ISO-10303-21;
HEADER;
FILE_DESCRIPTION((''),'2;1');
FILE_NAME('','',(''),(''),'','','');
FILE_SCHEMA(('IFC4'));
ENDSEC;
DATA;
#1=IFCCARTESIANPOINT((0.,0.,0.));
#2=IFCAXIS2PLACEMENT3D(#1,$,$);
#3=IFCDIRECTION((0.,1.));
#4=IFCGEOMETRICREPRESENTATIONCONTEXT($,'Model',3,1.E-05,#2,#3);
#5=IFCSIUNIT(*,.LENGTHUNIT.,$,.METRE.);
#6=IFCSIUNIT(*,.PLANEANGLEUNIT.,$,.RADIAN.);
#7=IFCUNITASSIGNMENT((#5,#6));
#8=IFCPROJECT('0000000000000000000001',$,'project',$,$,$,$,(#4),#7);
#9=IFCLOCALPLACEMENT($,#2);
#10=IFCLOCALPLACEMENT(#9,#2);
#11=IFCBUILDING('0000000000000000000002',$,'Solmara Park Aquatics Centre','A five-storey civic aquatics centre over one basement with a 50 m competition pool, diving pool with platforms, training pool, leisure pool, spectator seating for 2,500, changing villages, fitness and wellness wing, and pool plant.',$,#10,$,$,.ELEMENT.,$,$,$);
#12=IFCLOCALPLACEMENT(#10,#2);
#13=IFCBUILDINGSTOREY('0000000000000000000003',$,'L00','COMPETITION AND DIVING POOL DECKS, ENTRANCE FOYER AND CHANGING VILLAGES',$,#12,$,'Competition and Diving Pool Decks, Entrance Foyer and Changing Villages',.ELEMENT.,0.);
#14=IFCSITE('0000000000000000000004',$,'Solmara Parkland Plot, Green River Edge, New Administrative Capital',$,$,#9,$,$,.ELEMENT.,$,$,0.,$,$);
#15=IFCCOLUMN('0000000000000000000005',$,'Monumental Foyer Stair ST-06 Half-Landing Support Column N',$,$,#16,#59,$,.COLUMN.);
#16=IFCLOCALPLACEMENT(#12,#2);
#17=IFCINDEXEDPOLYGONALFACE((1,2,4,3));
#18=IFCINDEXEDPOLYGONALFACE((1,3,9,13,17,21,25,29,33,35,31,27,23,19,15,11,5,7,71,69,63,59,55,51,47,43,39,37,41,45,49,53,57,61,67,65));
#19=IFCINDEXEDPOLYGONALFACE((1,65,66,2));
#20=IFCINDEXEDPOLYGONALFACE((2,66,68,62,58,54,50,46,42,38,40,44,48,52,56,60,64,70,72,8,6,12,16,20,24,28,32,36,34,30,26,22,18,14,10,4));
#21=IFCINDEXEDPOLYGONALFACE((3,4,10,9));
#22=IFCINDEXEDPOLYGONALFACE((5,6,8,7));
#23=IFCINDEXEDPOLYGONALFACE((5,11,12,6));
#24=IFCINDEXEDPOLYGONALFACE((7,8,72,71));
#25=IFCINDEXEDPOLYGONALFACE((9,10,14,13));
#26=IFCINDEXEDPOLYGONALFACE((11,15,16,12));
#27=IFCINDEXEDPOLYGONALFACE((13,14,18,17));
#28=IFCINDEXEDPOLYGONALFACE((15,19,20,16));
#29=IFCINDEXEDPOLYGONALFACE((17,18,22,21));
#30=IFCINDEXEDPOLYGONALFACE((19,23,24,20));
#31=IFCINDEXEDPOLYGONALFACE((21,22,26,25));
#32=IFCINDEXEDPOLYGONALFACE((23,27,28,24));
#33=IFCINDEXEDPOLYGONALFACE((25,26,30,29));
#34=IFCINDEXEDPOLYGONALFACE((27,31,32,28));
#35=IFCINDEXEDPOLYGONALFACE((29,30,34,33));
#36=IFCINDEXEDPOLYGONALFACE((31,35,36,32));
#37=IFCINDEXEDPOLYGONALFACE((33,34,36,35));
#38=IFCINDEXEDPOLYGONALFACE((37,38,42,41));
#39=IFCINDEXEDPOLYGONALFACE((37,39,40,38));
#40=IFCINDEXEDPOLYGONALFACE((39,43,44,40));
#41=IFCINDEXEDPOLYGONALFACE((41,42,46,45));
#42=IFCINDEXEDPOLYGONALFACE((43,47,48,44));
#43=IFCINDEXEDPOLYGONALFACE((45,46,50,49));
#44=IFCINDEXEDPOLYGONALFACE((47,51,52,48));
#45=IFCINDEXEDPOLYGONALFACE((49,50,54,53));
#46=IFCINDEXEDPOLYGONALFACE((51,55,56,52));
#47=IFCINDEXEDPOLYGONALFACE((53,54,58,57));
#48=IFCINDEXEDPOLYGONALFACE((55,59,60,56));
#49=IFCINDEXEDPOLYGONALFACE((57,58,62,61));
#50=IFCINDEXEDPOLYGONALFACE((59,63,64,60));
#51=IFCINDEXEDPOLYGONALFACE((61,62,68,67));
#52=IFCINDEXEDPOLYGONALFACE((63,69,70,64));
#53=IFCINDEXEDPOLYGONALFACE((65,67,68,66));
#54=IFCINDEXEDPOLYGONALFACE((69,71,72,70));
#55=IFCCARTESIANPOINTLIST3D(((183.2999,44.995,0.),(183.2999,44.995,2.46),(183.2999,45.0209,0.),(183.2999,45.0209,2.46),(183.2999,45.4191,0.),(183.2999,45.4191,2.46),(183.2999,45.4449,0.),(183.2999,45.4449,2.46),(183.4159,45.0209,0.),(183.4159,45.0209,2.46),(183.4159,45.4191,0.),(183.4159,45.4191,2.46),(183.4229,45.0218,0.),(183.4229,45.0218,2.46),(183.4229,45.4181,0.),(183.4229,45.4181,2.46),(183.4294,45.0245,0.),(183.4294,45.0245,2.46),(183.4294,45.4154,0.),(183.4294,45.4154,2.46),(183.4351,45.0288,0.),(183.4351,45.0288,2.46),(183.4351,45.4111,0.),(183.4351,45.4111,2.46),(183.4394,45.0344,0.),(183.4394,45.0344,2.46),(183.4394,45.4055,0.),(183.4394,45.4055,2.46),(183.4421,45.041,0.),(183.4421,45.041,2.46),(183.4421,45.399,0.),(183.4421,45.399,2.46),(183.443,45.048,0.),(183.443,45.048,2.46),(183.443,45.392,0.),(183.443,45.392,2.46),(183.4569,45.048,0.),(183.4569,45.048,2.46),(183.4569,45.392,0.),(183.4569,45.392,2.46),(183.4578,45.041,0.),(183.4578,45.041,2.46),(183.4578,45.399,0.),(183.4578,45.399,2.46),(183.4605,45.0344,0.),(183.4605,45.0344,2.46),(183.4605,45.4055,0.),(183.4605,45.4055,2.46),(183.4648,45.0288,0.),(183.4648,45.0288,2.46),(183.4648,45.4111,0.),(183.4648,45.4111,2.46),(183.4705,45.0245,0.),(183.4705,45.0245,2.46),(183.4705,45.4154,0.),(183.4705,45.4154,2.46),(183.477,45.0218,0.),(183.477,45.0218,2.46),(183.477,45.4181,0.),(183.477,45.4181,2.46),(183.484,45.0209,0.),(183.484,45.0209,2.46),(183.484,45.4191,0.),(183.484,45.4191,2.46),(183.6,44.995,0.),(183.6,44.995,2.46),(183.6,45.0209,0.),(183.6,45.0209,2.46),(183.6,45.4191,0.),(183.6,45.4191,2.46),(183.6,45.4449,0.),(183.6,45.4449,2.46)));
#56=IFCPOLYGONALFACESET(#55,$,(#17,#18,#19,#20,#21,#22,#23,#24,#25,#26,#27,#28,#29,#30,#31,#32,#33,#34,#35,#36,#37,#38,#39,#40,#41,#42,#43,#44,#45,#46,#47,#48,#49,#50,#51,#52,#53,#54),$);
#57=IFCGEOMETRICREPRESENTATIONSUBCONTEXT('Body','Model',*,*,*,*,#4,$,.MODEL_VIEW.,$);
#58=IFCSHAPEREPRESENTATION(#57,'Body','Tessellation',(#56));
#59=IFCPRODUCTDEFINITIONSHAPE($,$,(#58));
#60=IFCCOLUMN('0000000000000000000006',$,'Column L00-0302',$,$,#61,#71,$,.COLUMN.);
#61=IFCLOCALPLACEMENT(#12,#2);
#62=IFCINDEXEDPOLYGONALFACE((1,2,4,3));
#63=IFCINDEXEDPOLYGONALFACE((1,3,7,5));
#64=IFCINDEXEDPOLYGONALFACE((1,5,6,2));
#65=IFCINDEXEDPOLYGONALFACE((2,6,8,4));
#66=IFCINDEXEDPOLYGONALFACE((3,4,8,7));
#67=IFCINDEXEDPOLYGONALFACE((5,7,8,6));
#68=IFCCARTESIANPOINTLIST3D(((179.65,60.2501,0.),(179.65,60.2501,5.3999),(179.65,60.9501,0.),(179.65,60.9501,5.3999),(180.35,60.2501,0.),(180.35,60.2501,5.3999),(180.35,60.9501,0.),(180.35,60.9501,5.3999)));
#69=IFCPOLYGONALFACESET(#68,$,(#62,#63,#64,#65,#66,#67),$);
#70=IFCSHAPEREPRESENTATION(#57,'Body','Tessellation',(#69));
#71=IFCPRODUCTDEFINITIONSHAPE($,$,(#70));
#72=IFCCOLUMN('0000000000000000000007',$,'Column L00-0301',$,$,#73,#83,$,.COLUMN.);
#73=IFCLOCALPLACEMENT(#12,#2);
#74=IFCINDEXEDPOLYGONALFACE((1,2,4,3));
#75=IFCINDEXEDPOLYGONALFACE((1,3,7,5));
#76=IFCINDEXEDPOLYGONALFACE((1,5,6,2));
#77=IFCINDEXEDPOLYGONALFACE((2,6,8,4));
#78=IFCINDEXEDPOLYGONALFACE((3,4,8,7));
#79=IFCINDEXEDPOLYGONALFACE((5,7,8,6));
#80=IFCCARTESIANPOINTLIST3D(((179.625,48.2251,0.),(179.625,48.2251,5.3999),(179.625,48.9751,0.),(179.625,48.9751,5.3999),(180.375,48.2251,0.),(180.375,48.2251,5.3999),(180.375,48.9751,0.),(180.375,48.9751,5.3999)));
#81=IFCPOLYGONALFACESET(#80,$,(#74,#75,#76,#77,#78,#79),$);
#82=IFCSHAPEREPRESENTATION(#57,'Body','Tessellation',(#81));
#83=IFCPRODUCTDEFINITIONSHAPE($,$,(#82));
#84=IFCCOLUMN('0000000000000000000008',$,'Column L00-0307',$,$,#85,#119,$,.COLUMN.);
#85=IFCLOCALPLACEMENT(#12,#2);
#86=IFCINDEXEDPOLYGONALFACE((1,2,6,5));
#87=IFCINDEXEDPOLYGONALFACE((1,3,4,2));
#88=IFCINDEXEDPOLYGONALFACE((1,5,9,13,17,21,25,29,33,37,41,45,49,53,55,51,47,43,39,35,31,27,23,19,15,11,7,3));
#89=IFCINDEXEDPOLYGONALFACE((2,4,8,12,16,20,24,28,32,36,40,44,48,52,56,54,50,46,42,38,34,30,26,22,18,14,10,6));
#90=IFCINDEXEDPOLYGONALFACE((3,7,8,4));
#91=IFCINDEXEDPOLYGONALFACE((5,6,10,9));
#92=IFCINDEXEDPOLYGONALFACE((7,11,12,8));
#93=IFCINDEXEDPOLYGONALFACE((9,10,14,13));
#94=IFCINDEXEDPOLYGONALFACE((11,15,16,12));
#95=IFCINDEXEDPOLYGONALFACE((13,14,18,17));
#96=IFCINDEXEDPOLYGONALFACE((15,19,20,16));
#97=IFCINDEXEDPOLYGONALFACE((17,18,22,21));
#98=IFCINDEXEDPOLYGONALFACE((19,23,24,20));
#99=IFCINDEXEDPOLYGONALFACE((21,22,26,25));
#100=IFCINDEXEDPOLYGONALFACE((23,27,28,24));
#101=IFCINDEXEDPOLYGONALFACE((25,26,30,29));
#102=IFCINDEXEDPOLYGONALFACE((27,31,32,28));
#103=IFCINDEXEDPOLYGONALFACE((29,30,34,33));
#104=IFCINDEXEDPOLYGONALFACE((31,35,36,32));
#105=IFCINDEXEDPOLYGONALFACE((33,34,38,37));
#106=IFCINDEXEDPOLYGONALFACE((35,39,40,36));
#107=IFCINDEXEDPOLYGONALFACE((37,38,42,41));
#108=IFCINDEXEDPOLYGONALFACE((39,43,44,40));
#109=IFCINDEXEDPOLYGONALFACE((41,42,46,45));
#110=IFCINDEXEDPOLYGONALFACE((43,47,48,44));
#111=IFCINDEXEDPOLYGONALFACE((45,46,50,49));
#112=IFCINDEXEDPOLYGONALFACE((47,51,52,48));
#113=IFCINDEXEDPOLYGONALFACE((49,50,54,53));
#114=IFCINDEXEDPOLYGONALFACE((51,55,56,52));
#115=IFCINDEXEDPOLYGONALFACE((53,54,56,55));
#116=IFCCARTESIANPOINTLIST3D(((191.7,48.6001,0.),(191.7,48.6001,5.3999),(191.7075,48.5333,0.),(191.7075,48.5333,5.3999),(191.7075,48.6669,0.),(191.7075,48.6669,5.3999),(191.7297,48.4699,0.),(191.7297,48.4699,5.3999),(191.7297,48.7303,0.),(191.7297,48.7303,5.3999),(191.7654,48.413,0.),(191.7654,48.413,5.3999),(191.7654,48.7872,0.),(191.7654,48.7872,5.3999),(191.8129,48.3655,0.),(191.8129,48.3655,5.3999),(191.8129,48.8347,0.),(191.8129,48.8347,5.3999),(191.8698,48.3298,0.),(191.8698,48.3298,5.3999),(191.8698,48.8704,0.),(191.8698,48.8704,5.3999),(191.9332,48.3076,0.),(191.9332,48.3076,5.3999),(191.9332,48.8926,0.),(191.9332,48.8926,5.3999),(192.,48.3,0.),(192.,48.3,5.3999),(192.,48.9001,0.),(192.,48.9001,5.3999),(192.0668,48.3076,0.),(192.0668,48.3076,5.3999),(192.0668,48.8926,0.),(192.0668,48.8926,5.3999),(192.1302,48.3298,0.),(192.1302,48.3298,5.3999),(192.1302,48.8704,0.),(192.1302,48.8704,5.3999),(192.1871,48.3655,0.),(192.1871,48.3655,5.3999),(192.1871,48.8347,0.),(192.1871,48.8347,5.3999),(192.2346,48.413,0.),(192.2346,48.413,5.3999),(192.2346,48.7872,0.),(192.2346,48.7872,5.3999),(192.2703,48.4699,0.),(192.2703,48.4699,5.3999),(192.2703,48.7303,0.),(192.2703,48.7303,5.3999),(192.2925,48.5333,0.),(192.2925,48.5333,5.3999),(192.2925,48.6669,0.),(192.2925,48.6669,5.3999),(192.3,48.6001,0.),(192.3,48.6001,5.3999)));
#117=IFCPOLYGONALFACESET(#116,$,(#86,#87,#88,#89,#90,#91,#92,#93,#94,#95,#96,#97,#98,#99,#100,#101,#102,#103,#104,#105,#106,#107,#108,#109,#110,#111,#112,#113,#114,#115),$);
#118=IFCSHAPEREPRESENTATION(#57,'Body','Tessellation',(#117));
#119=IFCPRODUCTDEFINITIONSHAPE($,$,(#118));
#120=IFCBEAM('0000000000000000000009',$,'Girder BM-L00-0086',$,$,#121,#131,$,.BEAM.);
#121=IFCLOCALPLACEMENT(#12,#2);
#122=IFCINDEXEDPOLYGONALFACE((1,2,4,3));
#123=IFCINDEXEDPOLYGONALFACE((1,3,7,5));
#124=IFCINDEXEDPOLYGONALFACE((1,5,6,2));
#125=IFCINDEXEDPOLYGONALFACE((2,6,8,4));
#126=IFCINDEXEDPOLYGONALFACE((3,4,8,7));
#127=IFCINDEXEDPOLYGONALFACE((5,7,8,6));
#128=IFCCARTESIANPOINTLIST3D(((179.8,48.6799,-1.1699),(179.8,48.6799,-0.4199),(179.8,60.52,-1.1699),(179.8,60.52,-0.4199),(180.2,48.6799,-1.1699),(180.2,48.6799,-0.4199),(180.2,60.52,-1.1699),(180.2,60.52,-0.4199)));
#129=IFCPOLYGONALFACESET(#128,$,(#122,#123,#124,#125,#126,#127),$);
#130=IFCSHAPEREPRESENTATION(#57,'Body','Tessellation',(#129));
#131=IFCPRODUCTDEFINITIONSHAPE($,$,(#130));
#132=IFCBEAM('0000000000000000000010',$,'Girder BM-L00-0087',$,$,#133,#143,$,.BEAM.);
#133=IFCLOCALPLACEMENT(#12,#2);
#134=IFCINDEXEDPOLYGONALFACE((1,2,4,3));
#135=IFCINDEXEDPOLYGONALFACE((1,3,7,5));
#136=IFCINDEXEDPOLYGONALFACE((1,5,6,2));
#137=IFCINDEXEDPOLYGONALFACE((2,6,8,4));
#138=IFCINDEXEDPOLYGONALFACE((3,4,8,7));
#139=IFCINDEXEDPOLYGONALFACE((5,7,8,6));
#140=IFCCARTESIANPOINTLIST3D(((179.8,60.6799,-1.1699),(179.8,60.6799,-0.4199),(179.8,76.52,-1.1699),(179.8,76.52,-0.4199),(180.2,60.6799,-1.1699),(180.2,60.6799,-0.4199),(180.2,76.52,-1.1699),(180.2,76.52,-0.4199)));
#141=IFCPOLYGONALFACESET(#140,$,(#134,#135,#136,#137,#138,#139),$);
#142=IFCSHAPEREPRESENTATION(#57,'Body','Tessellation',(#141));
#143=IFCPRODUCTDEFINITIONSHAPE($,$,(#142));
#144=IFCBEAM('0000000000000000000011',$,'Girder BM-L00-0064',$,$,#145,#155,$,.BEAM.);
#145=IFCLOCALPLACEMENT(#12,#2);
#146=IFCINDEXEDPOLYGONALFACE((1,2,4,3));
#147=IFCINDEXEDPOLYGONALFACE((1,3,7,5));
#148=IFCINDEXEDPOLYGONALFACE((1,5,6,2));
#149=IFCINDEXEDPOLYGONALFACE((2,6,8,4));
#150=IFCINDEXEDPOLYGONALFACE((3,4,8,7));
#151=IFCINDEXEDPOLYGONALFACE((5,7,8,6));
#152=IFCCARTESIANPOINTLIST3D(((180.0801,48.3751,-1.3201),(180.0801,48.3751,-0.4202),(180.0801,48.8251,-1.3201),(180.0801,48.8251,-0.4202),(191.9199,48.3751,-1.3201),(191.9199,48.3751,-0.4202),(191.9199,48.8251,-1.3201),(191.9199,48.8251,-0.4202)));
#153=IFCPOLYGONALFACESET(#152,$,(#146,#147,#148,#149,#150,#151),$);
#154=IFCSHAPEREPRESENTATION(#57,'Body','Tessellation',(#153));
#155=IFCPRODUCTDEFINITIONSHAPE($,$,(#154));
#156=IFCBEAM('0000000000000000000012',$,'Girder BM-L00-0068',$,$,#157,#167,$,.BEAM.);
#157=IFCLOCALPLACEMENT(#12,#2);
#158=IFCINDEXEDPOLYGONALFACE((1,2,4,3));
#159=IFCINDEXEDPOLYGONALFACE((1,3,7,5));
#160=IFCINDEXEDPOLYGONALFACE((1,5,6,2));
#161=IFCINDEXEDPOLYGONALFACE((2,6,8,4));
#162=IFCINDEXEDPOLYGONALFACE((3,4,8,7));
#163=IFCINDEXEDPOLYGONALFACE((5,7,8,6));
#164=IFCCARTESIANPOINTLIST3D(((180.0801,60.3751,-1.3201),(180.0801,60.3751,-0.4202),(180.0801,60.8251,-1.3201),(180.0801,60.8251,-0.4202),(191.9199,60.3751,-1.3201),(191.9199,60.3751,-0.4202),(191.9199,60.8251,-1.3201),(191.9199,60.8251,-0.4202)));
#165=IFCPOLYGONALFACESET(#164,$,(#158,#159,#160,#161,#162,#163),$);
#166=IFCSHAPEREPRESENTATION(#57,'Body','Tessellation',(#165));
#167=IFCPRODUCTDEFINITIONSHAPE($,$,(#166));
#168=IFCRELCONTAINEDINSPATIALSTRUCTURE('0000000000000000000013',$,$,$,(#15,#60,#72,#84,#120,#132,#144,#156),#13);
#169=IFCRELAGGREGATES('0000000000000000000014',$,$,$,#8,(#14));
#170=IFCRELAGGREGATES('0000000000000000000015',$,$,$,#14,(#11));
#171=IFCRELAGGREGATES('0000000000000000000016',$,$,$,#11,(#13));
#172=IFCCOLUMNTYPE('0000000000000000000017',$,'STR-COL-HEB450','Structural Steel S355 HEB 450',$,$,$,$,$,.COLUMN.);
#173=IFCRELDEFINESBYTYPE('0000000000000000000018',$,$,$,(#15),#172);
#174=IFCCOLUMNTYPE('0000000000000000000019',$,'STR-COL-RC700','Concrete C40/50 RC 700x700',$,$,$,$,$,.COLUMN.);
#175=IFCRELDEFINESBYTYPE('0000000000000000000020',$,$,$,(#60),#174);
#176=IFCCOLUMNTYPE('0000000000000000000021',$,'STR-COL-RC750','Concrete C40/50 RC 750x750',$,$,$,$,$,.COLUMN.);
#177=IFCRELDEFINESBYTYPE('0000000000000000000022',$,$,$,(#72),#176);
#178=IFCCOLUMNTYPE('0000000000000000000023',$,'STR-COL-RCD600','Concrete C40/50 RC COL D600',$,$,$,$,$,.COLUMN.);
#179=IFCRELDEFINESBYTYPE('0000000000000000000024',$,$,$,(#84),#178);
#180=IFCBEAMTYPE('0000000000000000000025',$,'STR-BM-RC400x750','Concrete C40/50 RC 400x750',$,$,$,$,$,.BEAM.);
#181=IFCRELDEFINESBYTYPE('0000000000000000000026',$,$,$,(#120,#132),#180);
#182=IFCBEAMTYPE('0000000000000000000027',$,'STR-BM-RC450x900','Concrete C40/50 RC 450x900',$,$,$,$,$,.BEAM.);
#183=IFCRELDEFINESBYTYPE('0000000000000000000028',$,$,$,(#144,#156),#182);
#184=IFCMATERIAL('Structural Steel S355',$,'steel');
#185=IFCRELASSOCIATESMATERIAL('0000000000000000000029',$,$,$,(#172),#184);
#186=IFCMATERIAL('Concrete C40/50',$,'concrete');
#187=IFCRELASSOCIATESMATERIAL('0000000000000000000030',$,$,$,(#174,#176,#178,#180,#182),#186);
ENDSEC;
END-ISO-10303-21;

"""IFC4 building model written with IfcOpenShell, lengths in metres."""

from ifc_helpers import new_model, si_unit, direction, frame, origin, origin_2d, place, context, subcontext, project, spatial, rectangle, circle, i_section, extrude, material, material_profile, profile_set, type_object, element, save


model = new_model("IFC4")

# Units and contexts
model_context = context("Model", 3, precision=1e-05, world=origin(), true_north=direction((0.0, 1.0)))
body_context = subcontext(model_context, "Body", "Model", "MODEL_VIEW")
ifc_project = project(units=[si_unit("LENGTHUNIT", "METRE"), si_unit("PLANEANGLEUNIT", "RADIAN")], contexts=[model_context])

# Site, building, storey
site_placement = place(None, origin())
site = spatial("IfcSite", under=ifc_project, at=site_placement, Name="Solmara Parkland Plot, Green River Edge, New Administrative Capital", CompositionType="ELEMENT", RefElevation=0.0)
building_placement = place(site_placement, origin())
building = spatial("IfcBuilding", under=site, at=building_placement, Name="Solmara Park Aquatics Centre", Description="A five-storey civic aquatics centre over one basement with a 50 m competition pool, diving pool with platforms, training pool, leisure pool, spectator seating for 2,500, changing villages, fitness and wellness wing, and pool plant.", CompositionType="ELEMENT")
storey_placement = place(building_placement, origin())
storey = spatial("IfcBuildingStorey", under=building, at=storey_placement, Name="L00", Description="COMPETITION AND DIVING POOL DECKS, ENTRANCE FOYER AND CHANGING VILLAGES", LongName="Competition and Diving Pool Decks, Entrance Foyer and Changing Villages", CompositionType="ELEMENT", Elevation=0.0)

# Columns
ifc_material_1 = material(Name="Structural Steel S355", Category="steel")
ifc_material_profile_1 = material_profile(ifc_material_1, i_section(OverallWidth=0.3, OverallDepth=0.45, WebThickness=0.0139, FlangeThickness=0.0259, FilletRadius=0.0271, at=origin_2d()), Name="HEB 450")
ifc_profile_set_1 = profile_set([ifc_material_profile_1], Name="Structural Steel S355")
column_type_1 = type_object("IfcColumnType", Name="STR-COL-HEB450", Description="Structural Steel S355 HEB 450", PredefinedType="COLUMN", material=ifc_profile_set_1)
column_1_placement = place(storey_placement, frame((183.45, 45.22, 0.0), z_axis=(0.0, 0.0, 1.0), x_axis=(1.0, 0.0, 0.0)))
element("IfcColumn", 1, at=column_1_placement, inside=storey, type_object=column_type_1, Name="Monumental Foyer Stair ST-06 Half-Landing Support Column N", PredefinedType="COLUMN", context=body_context, shape_type="SweptSolid", body=[
    extrude(i_section(OverallWidth=0.3, OverallDepth=0.45, WebThickness=0.0139, FlangeThickness=0.0259, FilletRadius=0.0271, at=origin_2d()), origin(), (0.0, 0.0, 1.0), 2.46),
])
ifc_material_2 = material(Name="Concrete C40/50", Category="concrete")
ifc_material_profile_2 = material_profile(ifc_material_2, rectangle(XDim=0.7, YDim=0.7, at=origin_2d()), Name="RC 700x700")
ifc_profile_set_2 = profile_set([ifc_material_profile_2], Name="Concrete C40/50")
column_type_2 = type_object("IfcColumnType", Name="STR-COL-RC700", Description="Concrete C40/50 RC 700x700", PredefinedType="COLUMN", material=ifc_profile_set_2)
column_2_placement = place(storey_placement, frame((180.0, 60.6001, 0.0), z_axis=(0.0, 0.0, 1.0), x_axis=(1.0, 0.0, 0.0)))
element("IfcColumn", 2, at=column_2_placement, inside=storey, type_object=column_type_2, Name="Column L00-0302", PredefinedType="COLUMN", context=body_context, shape_type="SweptSolid", body=[
    extrude(rectangle(XDim=0.7, YDim=0.7, at=origin_2d()), origin(), (0.0, 0.0, 1.0), 5.3999),
])
ifc_material_profile_3 = material_profile(ifc_material_2, rectangle(XDim=0.75, YDim=0.75, at=origin_2d()), Name="RC 750x750")
ifc_profile_set_3 = profile_set([ifc_material_profile_3], Name="Concrete C40/50")
column_type_3 = type_object("IfcColumnType", Name="STR-COL-RC750", Description="Concrete C40/50 RC 750x750", PredefinedType="COLUMN", material=ifc_profile_set_3)
column_3_placement = place(storey_placement, frame((180.0, 48.6001, 0.0), z_axis=(0.0, 0.0, 1.0), x_axis=(1.0, 0.0, 0.0)))
element("IfcColumn", 3, at=column_3_placement, inside=storey, type_object=column_type_3, Name="Column L00-0301", PredefinedType="COLUMN", context=body_context, shape_type="SweptSolid", body=[
    extrude(rectangle(XDim=0.75, YDim=0.75, at=origin_2d()), origin(), (0.0, 0.0, 1.0), 5.3999),
])
ifc_material_profile_4 = material_profile(ifc_material_2, circle(Radius=0.3, at=origin_2d()), Name="RC COL D600")
ifc_profile_set_4 = profile_set([ifc_material_profile_4], Name="Concrete C40/50")
column_type_4 = type_object("IfcColumnType", Name="STR-COL-RCD600", Description="Concrete C40/50 RC COL D600", PredefinedType="COLUMN", material=ifc_profile_set_4)
column_4_placement = place(storey_placement, frame((192.0, 48.6001, 0.0), z_axis=(0.0, 0.0, 1.0), x_axis=(1.0, 0.0, 0.0)))
element("IfcColumn", 4, at=column_4_placement, inside=storey, type_object=column_type_4, Name="Column L00-0307", PredefinedType="COLUMN", context=body_context, shape_type="SweptSolid", body=[
    extrude(circle(Radius=0.3, at=origin_2d()), origin(), (0.0, 0.0, 1.0), 5.3999),
])

# Beams
ifc_material_profile_5 = material_profile(ifc_material_2, rectangle(XDim=0.3999, YDim=0.75, at=origin_2d()), Name="RC 400x750")
ifc_profile_set_5 = profile_set([ifc_material_profile_5], Name="Concrete C40/50")
beam_type_1 = type_object("IfcBeamType", Name="STR-BM-RC400x750", Description="Concrete C40/50 RC 400x750", PredefinedType="BEAM", material=ifc_profile_set_5)
beam_1_placement = place(storey_placement, frame((180.0, 48.6799, -0.7949), z_axis=(0.0, 1.0, 0.0), x_axis=(-1.0, 0.0, 0.0)))
element("IfcBeam", 5, at=beam_1_placement, inside=storey, type_object=beam_type_1, Name="Girder BM-L00-0086", PredefinedType="BEAM", context=body_context, shape_type="SweptSolid", body=[
    extrude(rectangle(XDim=0.3999, YDim=0.75, at=origin_2d()), origin(), (0.0, 0.0, 1.0), 11.8401),
])
beam_2_placement = place(storey_placement, frame((180.0, 60.6799, -0.7949), z_axis=(0.0, 1.0, 0.0), x_axis=(-1.0, 0.0, 0.0)))
element("IfcBeam", 6, at=beam_2_placement, inside=storey, type_object=beam_type_1, Name="Girder BM-L00-0087", PredefinedType="BEAM", context=body_context, shape_type="SweptSolid", body=[
    extrude(rectangle(XDim=0.3999, YDim=0.75, at=origin_2d()), origin(), (0.0, 0.0, 1.0), 15.8401),
])
ifc_material_profile_6 = material_profile(ifc_material_2, rectangle(XDim=0.45, YDim=0.8999, at=origin_2d()), Name="RC 450x900")
ifc_profile_set_6 = profile_set([ifc_material_profile_6], Name="Concrete C40/50")
beam_type_2 = type_object("IfcBeamType", Name="STR-BM-RC450x900", Description="Concrete C40/50 RC 450x900", PredefinedType="BEAM", material=ifc_profile_set_6)
for number, where, z_axis, x_axis, name in (
    (7, (180.0801, 48.6001, -0.8701), (1.0, 0.0, 0.0), (0.0, 1.0, 0.0), "Girder BM-L00-0064"),
    (8, (180.0801, 60.6001, -0.8701), (1.0, 0.0, 0.0), (0.0, 1.0, 0.0), "Girder BM-L00-0068"),
):
    element("IfcBeam", number, at=place(storey_placement, frame(where, z_axis=z_axis, x_axis=x_axis)), inside=storey, type_object=beam_type_2, Name=name, PredefinedType="BEAM", context=body_context, shape_type="SweptSolid", body=[
        extrude(rectangle(XDim=0.45, YDim=0.8999, at=origin_2d()), origin(), (0.0, 0.0, 1.0), 11.8398),
    ])

save(model, "model.ifc")
